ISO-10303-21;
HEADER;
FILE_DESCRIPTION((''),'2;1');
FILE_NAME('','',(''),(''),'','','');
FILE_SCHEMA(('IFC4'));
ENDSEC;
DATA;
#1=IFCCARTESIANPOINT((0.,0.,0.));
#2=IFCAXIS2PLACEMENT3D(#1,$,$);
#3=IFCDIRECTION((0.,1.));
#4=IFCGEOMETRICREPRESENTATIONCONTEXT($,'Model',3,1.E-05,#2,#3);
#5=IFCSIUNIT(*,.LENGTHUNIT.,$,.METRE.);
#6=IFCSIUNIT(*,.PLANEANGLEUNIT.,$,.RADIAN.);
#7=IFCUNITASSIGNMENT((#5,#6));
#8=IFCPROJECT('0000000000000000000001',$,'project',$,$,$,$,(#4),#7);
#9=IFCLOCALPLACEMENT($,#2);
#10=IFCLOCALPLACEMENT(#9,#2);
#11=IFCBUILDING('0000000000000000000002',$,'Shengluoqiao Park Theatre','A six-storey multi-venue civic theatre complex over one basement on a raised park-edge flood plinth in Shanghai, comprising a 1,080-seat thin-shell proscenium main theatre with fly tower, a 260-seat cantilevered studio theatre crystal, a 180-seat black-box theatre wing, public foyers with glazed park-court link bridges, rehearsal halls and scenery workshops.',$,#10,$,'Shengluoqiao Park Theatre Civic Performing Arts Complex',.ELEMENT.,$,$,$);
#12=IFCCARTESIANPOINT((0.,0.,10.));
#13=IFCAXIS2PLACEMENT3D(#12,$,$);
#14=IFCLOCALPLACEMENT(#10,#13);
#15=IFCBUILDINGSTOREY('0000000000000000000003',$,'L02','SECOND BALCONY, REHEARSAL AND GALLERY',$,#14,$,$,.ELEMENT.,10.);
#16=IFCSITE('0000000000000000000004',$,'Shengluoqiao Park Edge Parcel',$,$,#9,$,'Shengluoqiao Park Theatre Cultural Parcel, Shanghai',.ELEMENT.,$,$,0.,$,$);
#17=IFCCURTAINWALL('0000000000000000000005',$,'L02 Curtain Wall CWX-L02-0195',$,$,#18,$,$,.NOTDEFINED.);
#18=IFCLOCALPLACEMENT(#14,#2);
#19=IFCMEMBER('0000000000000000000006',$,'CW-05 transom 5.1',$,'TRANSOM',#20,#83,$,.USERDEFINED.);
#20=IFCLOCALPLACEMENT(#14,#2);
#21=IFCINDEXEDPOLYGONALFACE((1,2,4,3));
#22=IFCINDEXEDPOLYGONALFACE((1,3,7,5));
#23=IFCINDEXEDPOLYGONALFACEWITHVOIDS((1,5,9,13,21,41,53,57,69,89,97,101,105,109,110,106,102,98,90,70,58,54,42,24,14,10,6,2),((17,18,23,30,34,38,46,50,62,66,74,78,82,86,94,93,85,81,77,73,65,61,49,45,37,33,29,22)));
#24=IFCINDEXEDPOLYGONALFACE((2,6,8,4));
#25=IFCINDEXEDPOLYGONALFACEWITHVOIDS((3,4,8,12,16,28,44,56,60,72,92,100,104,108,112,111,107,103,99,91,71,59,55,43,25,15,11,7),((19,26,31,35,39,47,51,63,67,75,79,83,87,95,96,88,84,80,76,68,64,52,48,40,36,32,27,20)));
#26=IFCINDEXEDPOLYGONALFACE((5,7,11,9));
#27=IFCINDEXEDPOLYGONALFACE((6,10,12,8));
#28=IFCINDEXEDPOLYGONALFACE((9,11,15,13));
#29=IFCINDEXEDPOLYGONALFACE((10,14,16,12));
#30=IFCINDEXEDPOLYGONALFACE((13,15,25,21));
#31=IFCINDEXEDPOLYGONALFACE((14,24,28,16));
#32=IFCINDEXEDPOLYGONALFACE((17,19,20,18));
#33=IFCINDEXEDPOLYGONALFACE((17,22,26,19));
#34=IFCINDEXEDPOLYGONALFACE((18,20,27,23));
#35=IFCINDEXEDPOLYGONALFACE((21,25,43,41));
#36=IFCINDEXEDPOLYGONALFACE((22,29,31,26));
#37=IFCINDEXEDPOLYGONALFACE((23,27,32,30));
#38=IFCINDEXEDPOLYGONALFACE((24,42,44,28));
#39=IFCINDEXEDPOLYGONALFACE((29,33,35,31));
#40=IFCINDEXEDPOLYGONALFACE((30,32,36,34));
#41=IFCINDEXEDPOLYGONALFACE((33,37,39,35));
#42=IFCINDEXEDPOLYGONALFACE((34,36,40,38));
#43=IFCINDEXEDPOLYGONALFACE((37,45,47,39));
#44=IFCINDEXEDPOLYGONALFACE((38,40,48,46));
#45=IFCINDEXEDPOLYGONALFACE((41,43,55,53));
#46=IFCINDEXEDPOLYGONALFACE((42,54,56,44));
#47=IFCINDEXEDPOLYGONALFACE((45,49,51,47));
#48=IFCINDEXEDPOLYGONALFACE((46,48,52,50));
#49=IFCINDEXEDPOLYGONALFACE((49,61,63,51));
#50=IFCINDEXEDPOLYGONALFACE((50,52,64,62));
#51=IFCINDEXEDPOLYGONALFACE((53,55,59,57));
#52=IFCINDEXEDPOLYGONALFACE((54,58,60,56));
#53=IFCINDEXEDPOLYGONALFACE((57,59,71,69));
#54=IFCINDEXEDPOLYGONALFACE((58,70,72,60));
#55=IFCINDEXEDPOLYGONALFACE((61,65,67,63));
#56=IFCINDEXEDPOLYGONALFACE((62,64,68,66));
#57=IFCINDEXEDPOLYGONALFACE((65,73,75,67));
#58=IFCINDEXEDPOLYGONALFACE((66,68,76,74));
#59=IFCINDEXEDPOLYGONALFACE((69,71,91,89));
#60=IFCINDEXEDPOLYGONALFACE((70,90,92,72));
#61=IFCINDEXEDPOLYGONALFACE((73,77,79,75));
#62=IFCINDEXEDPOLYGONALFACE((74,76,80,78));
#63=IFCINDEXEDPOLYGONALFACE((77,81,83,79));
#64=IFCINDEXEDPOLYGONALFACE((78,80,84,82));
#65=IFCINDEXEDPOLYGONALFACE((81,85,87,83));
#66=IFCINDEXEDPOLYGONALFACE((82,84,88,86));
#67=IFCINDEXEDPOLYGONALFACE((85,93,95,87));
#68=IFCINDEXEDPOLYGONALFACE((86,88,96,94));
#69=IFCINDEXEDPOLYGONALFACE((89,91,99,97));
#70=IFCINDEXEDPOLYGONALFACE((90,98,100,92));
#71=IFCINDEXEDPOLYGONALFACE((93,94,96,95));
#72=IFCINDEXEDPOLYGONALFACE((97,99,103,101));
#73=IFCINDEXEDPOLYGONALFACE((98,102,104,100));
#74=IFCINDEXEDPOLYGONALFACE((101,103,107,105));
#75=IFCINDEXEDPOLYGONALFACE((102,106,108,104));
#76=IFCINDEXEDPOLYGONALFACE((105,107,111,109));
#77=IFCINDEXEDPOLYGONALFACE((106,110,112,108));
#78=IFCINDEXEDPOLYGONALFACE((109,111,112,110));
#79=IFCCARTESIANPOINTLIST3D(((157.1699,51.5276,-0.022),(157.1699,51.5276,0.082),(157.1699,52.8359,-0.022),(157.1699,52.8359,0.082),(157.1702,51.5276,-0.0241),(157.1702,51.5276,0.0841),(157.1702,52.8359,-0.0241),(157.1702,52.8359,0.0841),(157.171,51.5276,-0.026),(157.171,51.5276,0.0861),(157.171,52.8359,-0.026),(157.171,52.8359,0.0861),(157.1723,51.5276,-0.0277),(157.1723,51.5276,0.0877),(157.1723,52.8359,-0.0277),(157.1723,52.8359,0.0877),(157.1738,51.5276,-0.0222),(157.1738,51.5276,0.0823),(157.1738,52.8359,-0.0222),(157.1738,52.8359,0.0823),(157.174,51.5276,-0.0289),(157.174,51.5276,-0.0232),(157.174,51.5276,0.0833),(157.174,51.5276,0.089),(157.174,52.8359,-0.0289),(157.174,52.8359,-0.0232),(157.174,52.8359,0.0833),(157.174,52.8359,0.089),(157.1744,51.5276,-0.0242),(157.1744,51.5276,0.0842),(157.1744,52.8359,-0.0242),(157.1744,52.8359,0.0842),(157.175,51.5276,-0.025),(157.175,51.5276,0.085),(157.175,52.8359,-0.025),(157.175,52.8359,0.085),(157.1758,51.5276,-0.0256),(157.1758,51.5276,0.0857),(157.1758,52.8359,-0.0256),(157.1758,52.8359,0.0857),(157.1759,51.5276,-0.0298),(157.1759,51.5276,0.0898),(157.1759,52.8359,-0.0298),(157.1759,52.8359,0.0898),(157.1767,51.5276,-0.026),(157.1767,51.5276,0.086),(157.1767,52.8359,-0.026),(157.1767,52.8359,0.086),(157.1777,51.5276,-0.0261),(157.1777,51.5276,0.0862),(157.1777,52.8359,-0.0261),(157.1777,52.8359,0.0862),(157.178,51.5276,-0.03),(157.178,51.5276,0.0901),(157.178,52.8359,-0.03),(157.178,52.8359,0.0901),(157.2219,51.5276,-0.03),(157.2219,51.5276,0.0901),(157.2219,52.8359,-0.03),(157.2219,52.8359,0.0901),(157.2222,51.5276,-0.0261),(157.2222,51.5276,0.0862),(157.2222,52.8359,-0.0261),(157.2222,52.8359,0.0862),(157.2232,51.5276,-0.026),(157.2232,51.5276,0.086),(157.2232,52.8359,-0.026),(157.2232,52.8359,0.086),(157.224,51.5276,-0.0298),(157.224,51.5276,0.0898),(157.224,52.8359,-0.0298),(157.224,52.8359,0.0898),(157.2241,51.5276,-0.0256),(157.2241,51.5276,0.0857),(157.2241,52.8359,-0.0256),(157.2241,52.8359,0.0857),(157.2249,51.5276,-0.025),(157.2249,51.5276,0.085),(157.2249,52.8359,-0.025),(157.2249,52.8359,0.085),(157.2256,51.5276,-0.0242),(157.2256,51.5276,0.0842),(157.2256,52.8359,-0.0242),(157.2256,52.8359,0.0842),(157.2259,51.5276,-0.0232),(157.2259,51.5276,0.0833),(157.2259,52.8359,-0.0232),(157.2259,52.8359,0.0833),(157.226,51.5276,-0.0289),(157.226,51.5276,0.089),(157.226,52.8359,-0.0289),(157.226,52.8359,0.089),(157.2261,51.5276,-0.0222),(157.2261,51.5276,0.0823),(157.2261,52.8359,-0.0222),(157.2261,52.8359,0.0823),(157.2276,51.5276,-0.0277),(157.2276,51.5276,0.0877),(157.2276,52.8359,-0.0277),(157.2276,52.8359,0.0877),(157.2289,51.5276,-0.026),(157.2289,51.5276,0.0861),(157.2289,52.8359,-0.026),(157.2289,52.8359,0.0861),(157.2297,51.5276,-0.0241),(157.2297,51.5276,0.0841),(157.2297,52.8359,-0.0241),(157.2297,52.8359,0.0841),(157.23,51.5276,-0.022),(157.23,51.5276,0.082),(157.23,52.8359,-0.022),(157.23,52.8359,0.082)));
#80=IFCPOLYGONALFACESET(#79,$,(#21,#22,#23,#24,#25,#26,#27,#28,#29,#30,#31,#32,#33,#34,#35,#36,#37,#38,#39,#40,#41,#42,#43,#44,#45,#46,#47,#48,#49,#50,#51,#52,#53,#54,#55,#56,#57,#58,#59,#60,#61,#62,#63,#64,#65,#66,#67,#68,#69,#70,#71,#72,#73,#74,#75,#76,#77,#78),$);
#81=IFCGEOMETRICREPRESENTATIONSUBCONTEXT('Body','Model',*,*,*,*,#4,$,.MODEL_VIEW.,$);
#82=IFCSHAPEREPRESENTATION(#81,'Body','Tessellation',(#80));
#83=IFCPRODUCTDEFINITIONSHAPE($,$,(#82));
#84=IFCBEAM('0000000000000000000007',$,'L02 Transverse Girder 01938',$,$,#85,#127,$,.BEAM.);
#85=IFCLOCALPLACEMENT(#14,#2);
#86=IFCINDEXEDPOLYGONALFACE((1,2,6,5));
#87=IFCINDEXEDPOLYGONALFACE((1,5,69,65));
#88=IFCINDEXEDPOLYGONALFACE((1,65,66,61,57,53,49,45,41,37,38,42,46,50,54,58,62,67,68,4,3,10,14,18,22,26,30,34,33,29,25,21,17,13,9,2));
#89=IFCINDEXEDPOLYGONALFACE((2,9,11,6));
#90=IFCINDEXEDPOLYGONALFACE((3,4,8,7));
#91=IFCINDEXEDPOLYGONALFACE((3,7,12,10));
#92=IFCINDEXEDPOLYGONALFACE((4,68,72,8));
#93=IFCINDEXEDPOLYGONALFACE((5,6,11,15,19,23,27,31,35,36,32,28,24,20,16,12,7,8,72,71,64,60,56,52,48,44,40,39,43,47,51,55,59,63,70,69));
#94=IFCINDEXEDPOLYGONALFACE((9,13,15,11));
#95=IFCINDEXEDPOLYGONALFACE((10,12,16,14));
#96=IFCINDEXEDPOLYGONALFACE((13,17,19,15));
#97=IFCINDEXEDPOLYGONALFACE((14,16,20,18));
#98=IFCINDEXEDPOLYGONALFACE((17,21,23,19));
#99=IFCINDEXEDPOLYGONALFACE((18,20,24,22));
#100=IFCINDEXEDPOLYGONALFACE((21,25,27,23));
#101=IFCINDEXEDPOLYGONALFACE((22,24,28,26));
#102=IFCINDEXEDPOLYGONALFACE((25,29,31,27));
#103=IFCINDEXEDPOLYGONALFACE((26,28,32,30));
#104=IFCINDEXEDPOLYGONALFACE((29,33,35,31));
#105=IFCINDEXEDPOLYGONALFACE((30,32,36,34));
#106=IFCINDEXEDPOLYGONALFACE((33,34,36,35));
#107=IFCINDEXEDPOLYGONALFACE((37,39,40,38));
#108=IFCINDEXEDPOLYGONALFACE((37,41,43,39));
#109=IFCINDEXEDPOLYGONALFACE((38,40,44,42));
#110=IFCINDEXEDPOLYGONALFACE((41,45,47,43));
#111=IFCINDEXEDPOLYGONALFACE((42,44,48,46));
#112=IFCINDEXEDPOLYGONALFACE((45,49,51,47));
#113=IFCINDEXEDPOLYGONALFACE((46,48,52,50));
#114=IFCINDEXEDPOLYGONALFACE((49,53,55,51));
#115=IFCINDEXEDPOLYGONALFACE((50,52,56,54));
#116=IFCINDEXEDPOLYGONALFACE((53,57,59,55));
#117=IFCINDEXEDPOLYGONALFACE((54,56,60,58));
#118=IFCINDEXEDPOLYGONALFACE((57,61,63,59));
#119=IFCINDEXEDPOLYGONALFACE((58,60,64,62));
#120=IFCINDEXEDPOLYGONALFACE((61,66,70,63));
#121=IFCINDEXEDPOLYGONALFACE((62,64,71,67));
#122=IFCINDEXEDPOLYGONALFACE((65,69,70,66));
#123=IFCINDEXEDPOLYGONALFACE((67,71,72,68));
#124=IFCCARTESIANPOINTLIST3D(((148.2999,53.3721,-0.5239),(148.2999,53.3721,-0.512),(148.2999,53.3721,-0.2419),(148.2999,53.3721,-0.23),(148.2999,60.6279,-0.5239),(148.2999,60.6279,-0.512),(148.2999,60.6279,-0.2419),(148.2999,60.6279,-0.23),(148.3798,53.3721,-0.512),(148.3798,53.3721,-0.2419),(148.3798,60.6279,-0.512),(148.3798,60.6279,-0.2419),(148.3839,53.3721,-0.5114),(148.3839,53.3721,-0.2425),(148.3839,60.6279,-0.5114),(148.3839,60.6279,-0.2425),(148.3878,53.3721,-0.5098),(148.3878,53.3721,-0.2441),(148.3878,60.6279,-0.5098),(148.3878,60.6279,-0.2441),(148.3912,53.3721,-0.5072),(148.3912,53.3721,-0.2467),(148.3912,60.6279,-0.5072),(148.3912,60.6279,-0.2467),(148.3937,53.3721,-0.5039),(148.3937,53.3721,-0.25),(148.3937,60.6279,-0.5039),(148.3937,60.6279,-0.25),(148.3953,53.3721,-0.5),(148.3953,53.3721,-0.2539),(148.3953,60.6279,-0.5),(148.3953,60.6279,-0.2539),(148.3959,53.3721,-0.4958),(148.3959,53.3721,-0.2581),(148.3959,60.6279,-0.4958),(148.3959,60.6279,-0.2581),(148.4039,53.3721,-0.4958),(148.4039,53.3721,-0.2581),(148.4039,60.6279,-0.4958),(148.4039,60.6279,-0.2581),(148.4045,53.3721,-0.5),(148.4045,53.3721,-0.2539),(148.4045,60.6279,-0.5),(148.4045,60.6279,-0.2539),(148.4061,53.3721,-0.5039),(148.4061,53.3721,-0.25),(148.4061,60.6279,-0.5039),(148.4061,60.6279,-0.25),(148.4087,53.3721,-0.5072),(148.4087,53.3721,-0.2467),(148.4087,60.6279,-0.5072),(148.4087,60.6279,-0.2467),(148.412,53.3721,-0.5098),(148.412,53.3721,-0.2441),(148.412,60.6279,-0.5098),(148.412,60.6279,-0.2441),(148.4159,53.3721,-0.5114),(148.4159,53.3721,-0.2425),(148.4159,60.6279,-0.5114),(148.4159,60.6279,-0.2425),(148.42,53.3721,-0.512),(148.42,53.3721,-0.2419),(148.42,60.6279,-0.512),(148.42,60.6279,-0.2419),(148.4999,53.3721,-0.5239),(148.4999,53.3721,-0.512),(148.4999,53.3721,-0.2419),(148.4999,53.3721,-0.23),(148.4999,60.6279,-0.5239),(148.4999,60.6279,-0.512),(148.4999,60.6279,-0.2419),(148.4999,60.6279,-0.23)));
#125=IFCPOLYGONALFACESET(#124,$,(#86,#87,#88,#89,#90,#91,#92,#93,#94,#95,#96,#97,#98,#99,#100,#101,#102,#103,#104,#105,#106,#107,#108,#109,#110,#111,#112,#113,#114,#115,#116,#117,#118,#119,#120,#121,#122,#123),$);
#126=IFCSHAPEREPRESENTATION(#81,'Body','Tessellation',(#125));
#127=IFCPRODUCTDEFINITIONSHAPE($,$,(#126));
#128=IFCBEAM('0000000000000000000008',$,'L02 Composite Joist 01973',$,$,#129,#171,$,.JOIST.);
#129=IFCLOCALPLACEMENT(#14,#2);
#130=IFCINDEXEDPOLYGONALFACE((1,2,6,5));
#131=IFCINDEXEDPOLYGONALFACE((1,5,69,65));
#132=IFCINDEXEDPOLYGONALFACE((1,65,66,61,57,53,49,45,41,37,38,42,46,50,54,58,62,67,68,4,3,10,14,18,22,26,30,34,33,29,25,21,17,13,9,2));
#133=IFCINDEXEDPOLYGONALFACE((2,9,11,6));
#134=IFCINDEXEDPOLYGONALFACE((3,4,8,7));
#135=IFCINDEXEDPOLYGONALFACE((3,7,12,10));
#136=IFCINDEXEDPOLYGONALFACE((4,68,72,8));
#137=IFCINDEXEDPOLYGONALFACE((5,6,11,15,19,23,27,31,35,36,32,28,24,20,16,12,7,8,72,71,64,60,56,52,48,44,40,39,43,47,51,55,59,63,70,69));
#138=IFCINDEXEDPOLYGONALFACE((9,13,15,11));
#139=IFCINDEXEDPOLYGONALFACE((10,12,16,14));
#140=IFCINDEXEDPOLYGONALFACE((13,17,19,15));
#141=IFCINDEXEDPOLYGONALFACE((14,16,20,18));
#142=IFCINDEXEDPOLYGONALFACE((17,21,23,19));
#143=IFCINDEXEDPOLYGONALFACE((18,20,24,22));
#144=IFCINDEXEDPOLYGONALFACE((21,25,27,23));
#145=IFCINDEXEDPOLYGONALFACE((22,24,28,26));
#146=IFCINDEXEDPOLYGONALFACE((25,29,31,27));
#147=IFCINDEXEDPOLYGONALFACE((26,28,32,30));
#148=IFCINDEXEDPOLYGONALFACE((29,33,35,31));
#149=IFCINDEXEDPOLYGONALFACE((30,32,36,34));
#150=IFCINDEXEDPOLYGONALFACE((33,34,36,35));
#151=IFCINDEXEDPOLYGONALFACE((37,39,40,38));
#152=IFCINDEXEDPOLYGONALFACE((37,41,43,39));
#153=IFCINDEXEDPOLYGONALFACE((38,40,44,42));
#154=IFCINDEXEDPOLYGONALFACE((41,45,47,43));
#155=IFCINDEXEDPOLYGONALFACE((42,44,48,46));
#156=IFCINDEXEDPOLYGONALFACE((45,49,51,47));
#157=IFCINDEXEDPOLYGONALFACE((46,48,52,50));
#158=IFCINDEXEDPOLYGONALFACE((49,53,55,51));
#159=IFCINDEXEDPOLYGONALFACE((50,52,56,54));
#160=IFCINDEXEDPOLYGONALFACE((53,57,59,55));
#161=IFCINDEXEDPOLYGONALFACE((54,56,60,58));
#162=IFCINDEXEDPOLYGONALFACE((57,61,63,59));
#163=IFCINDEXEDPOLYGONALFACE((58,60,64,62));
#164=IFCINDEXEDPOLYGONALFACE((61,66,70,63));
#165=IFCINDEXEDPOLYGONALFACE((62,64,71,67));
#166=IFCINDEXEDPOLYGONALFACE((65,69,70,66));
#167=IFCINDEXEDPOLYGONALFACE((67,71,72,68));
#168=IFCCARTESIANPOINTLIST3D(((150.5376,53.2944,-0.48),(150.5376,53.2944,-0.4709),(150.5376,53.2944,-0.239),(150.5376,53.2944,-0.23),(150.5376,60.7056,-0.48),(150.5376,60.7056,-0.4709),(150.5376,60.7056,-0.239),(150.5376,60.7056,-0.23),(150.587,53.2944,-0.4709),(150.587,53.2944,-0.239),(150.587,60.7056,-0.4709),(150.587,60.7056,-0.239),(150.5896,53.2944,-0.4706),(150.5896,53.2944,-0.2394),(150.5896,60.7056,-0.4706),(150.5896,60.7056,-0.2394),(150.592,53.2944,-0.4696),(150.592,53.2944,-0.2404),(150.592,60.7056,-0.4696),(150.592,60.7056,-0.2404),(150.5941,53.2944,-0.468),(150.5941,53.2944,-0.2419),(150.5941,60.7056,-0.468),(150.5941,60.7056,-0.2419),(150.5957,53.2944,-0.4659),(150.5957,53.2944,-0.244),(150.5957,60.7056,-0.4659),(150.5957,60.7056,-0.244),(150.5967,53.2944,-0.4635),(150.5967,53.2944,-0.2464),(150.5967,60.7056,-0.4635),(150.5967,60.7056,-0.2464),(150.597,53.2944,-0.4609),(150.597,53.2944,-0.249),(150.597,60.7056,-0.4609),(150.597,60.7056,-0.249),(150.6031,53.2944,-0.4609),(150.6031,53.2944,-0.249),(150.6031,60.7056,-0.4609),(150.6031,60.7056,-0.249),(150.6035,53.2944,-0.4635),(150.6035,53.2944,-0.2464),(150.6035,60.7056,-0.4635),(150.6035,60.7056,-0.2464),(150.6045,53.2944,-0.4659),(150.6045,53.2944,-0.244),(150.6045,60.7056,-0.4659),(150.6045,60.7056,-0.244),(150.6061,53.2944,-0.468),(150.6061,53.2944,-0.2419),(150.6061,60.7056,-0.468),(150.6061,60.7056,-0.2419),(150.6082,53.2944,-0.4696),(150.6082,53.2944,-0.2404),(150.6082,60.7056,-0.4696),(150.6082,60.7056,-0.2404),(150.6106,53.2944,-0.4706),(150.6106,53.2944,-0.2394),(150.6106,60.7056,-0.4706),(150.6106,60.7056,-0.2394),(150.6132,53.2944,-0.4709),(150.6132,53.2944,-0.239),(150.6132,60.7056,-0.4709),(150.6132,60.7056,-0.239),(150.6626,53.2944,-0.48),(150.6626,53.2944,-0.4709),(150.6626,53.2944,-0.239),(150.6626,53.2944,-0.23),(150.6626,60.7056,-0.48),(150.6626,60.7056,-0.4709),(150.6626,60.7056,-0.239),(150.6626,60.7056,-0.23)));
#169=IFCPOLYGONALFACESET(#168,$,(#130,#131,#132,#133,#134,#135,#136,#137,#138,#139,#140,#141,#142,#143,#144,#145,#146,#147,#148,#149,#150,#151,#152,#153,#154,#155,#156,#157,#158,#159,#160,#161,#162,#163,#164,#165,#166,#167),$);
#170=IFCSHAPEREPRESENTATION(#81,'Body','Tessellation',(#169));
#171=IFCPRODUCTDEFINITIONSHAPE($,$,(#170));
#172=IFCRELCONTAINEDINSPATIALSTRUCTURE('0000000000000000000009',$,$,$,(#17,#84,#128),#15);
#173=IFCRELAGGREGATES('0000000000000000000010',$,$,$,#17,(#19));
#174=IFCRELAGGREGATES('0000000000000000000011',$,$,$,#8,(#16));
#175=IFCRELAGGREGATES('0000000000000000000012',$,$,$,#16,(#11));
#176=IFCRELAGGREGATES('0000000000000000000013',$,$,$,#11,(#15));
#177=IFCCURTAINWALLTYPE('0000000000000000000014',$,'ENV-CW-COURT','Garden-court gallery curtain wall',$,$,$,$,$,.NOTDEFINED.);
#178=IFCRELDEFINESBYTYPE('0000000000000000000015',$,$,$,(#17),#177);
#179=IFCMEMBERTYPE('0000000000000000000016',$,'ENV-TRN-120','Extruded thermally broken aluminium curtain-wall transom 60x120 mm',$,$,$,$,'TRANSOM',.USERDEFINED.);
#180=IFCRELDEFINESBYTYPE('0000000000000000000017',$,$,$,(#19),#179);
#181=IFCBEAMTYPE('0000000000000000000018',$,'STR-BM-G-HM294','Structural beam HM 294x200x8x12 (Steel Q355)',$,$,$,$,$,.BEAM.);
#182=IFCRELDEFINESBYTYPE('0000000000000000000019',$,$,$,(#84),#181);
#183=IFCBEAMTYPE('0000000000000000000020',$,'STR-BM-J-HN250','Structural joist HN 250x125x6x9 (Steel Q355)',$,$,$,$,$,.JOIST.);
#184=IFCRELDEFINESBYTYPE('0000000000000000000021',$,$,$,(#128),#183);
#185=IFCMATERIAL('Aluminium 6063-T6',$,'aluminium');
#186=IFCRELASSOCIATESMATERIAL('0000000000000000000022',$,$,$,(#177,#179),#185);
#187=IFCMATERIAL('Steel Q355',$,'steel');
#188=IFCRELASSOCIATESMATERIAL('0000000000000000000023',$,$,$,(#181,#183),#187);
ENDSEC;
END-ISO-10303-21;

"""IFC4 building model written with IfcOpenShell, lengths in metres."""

from ifc_helpers import new_model, si_unit, direction, frame, origin, origin_2d, place, context, subcontext, project, spatial, hollow_rectangle, i_section, extrude, material, material_profile, profile_set, type_object, element, aggregate, save


model = new_model("IFC4")

# Units and contexts
model_context = context("Model", 3, precision=1e-05, world=origin(), true_north=direction((0.0, 1.0)))
body_context = subcontext(model_context, "Body", "Model", "MODEL_VIEW")
ifc_project = project(units=[si_unit("LENGTHUNIT", "METRE"), si_unit("PLANEANGLEUNIT", "RADIAN")], contexts=[model_context])

# Site, building, storey
site_placement = place(None, origin())
site = spatial("IfcSite", under=ifc_project, at=site_placement, Name="Shengluoqiao Park Edge Parcel", LongName="Shengluoqiao Park Theatre Cultural Parcel, Shanghai", CompositionType="ELEMENT", RefElevation=0.0)
building_placement = place(site_placement, origin())
building = spatial("IfcBuilding", under=site, at=building_placement, Name="Shengluoqiao Park Theatre", Description="A six-storey multi-venue civic theatre complex over one basement on a raised park-edge flood plinth in Shanghai, comprising a 1,080-seat thin-shell proscenium main theatre with fly tower, a 260-seat cantilevered studio theatre crystal, a 180-seat black-box theatre wing, public foyers with glazed park-court link bridges, rehearsal halls and scenery workshops.", LongName="Shengluoqiao Park Theatre Civic Performing Arts Complex", CompositionType="ELEMENT")
storey_placement = place(building_placement, frame((0.0, 0.0, 10.0)))
storey = spatial("IfcBuildingStorey", under=building, at=storey_placement, Name="L02", Description="SECOND BALCONY, REHEARSAL AND GALLERY", CompositionType="ELEMENT", Elevation=10.0)

# Curtain wall, member
ifc_material_1 = material(Name="Aluminium 6063-T6", Category="aluminium")
curtain_wall_type = type_object("IfcCurtainWallType", Name="ENV-CW-COURT", Description="Garden-court gallery curtain wall", PredefinedType="NOTDEFINED", material=ifc_material_1)
curtain_wall_placement = place(storey_placement, origin())
curtain_wall = element("IfcCurtainWall", 1, at=curtain_wall_placement, inside=storey, type_object=curtain_wall_type, Name="L02 Curtain Wall CWX-L02-0195", PredefinedType="NOTDEFINED")
ifc_material_profile_1 = material_profile(ifc_material_1, hollow_rectangle(XDim=0.0601, YDim=0.1201, WallThickness=0.0039, InnerFilletRadius=0.0039, OuterFilletRadius=0.0081, at=origin_2d()), Name="ALU TRANSOM 120x60x4")
ifc_profile_set_1 = profile_set([ifc_material_profile_1], Name="Aluminium 6063-T6")
member_type_1 = type_object("IfcMemberType", Name="ENV-TRN-120", Description="Extruded thermally broken aluminium curtain-wall transom 60x120 mm", ElementType="TRANSOM", PredefinedType="USERDEFINED", material=ifc_profile_set_1)
member_1_placement = place(storey_placement, frame((157.2, 51.5276, 0.03), z_axis=(0.0, 1.0, 0.0), x_axis=(-1.0, 0.0, 0.0)))
member_1 = element("IfcMember", 2, at=member_1_placement, type_object=member_type_1, Name="CW-05 transom 5.1", ObjectType="TRANSOM", PredefinedType="USERDEFINED", context=body_context, shape_type="SweptSolid", body=[
    extrude(hollow_rectangle(XDim=0.0601, YDim=0.1201, WallThickness=0.0039, InnerFilletRadius=0.0039, OuterFilletRadius=0.0081, at=origin_2d()), origin(), (0.0, 0.0, 1.0), 1.3083),
])

# Beams
ifc_material_2 = material(Name="Steel Q355", Category="steel")
ifc_material_profile_2 = material_profile(ifc_material_2, i_section(OverallWidth=0.2, OverallDepth=0.2939, WebThickness=0.0081, FlangeThickness=0.012, FilletRadius=0.0161, at=origin_2d()), Name="HM 294x200x8x12")
ifc_profile_set_2 = profile_set([ifc_material_profile_2], Name="Steel Q355")
beam_type_1 = type_object("IfcBeamType", Name="STR-BM-G-HM294", Description="Structural beam HM 294x200x8x12 (Steel Q355)", PredefinedType="BEAM", material=ifc_profile_set_2)
beam_1_placement = place(storey_placement, frame((148.3999, 53.3721, -0.377), z_axis=(0.0, 1.0, 0.0), x_axis=(-1.0, 0.0, 0.0)))
element("IfcBeam", 3, at=beam_1_placement, inside=storey, type_object=beam_type_1, Name="L02 Transverse Girder 01938", PredefinedType="BEAM", context=body_context, shape_type="SweptSolid", body=[
    extrude(i_section(OverallWidth=0.2, OverallDepth=0.2939, WebThickness=0.0081, FlangeThickness=0.012, FilletRadius=0.0161, at=origin_2d()), origin(), (0.0, 0.0, 1.0), 7.2559),
])
ifc_material_profile_3 = material_profile(ifc_material_2, i_section(OverallWidth=0.125, OverallDepth=0.25, WebThickness=0.0061, FlangeThickness=0.009, FilletRadius=0.01, at=origin_2d()), Name="HN 250x125x6x9")
ifc_profile_set_3 = profile_set([ifc_material_profile_3], Name="Steel Q355")
beam_type_2 = type_object("IfcBeamType", Name="STR-BM-J-HN250", Description="Structural joist HN 250x125x6x9 (Steel Q355)", PredefinedType="JOIST", material=ifc_profile_set_3)
for number, where, z_axis, x_axis, name in (
    (4, (150.6001, 53.2944, -0.355), (0.0, 1.0, 0.0), (-1.0, 0.0, 0.0), "L02 Composite Joist 01973"),
):
    element("IfcBeam", number, at=place(storey_placement, frame(where, z_axis=z_axis, x_axis=x_axis)), inside=storey, type_object=beam_type_2, Name=name, PredefinedType="JOIST", context=body_context, shape_type="SweptSolid", body=[
        extrude(i_section(OverallWidth=0.125, OverallDepth=0.25, WebThickness=0.0061, FlangeThickness=0.009, FilletRadius=0.01, at=origin_2d()), origin(), (0.0, 0.0, 1.0), 7.4111),
    ])

aggregate(curtain_wall, [member_1])

save(model, "model.ifc")
